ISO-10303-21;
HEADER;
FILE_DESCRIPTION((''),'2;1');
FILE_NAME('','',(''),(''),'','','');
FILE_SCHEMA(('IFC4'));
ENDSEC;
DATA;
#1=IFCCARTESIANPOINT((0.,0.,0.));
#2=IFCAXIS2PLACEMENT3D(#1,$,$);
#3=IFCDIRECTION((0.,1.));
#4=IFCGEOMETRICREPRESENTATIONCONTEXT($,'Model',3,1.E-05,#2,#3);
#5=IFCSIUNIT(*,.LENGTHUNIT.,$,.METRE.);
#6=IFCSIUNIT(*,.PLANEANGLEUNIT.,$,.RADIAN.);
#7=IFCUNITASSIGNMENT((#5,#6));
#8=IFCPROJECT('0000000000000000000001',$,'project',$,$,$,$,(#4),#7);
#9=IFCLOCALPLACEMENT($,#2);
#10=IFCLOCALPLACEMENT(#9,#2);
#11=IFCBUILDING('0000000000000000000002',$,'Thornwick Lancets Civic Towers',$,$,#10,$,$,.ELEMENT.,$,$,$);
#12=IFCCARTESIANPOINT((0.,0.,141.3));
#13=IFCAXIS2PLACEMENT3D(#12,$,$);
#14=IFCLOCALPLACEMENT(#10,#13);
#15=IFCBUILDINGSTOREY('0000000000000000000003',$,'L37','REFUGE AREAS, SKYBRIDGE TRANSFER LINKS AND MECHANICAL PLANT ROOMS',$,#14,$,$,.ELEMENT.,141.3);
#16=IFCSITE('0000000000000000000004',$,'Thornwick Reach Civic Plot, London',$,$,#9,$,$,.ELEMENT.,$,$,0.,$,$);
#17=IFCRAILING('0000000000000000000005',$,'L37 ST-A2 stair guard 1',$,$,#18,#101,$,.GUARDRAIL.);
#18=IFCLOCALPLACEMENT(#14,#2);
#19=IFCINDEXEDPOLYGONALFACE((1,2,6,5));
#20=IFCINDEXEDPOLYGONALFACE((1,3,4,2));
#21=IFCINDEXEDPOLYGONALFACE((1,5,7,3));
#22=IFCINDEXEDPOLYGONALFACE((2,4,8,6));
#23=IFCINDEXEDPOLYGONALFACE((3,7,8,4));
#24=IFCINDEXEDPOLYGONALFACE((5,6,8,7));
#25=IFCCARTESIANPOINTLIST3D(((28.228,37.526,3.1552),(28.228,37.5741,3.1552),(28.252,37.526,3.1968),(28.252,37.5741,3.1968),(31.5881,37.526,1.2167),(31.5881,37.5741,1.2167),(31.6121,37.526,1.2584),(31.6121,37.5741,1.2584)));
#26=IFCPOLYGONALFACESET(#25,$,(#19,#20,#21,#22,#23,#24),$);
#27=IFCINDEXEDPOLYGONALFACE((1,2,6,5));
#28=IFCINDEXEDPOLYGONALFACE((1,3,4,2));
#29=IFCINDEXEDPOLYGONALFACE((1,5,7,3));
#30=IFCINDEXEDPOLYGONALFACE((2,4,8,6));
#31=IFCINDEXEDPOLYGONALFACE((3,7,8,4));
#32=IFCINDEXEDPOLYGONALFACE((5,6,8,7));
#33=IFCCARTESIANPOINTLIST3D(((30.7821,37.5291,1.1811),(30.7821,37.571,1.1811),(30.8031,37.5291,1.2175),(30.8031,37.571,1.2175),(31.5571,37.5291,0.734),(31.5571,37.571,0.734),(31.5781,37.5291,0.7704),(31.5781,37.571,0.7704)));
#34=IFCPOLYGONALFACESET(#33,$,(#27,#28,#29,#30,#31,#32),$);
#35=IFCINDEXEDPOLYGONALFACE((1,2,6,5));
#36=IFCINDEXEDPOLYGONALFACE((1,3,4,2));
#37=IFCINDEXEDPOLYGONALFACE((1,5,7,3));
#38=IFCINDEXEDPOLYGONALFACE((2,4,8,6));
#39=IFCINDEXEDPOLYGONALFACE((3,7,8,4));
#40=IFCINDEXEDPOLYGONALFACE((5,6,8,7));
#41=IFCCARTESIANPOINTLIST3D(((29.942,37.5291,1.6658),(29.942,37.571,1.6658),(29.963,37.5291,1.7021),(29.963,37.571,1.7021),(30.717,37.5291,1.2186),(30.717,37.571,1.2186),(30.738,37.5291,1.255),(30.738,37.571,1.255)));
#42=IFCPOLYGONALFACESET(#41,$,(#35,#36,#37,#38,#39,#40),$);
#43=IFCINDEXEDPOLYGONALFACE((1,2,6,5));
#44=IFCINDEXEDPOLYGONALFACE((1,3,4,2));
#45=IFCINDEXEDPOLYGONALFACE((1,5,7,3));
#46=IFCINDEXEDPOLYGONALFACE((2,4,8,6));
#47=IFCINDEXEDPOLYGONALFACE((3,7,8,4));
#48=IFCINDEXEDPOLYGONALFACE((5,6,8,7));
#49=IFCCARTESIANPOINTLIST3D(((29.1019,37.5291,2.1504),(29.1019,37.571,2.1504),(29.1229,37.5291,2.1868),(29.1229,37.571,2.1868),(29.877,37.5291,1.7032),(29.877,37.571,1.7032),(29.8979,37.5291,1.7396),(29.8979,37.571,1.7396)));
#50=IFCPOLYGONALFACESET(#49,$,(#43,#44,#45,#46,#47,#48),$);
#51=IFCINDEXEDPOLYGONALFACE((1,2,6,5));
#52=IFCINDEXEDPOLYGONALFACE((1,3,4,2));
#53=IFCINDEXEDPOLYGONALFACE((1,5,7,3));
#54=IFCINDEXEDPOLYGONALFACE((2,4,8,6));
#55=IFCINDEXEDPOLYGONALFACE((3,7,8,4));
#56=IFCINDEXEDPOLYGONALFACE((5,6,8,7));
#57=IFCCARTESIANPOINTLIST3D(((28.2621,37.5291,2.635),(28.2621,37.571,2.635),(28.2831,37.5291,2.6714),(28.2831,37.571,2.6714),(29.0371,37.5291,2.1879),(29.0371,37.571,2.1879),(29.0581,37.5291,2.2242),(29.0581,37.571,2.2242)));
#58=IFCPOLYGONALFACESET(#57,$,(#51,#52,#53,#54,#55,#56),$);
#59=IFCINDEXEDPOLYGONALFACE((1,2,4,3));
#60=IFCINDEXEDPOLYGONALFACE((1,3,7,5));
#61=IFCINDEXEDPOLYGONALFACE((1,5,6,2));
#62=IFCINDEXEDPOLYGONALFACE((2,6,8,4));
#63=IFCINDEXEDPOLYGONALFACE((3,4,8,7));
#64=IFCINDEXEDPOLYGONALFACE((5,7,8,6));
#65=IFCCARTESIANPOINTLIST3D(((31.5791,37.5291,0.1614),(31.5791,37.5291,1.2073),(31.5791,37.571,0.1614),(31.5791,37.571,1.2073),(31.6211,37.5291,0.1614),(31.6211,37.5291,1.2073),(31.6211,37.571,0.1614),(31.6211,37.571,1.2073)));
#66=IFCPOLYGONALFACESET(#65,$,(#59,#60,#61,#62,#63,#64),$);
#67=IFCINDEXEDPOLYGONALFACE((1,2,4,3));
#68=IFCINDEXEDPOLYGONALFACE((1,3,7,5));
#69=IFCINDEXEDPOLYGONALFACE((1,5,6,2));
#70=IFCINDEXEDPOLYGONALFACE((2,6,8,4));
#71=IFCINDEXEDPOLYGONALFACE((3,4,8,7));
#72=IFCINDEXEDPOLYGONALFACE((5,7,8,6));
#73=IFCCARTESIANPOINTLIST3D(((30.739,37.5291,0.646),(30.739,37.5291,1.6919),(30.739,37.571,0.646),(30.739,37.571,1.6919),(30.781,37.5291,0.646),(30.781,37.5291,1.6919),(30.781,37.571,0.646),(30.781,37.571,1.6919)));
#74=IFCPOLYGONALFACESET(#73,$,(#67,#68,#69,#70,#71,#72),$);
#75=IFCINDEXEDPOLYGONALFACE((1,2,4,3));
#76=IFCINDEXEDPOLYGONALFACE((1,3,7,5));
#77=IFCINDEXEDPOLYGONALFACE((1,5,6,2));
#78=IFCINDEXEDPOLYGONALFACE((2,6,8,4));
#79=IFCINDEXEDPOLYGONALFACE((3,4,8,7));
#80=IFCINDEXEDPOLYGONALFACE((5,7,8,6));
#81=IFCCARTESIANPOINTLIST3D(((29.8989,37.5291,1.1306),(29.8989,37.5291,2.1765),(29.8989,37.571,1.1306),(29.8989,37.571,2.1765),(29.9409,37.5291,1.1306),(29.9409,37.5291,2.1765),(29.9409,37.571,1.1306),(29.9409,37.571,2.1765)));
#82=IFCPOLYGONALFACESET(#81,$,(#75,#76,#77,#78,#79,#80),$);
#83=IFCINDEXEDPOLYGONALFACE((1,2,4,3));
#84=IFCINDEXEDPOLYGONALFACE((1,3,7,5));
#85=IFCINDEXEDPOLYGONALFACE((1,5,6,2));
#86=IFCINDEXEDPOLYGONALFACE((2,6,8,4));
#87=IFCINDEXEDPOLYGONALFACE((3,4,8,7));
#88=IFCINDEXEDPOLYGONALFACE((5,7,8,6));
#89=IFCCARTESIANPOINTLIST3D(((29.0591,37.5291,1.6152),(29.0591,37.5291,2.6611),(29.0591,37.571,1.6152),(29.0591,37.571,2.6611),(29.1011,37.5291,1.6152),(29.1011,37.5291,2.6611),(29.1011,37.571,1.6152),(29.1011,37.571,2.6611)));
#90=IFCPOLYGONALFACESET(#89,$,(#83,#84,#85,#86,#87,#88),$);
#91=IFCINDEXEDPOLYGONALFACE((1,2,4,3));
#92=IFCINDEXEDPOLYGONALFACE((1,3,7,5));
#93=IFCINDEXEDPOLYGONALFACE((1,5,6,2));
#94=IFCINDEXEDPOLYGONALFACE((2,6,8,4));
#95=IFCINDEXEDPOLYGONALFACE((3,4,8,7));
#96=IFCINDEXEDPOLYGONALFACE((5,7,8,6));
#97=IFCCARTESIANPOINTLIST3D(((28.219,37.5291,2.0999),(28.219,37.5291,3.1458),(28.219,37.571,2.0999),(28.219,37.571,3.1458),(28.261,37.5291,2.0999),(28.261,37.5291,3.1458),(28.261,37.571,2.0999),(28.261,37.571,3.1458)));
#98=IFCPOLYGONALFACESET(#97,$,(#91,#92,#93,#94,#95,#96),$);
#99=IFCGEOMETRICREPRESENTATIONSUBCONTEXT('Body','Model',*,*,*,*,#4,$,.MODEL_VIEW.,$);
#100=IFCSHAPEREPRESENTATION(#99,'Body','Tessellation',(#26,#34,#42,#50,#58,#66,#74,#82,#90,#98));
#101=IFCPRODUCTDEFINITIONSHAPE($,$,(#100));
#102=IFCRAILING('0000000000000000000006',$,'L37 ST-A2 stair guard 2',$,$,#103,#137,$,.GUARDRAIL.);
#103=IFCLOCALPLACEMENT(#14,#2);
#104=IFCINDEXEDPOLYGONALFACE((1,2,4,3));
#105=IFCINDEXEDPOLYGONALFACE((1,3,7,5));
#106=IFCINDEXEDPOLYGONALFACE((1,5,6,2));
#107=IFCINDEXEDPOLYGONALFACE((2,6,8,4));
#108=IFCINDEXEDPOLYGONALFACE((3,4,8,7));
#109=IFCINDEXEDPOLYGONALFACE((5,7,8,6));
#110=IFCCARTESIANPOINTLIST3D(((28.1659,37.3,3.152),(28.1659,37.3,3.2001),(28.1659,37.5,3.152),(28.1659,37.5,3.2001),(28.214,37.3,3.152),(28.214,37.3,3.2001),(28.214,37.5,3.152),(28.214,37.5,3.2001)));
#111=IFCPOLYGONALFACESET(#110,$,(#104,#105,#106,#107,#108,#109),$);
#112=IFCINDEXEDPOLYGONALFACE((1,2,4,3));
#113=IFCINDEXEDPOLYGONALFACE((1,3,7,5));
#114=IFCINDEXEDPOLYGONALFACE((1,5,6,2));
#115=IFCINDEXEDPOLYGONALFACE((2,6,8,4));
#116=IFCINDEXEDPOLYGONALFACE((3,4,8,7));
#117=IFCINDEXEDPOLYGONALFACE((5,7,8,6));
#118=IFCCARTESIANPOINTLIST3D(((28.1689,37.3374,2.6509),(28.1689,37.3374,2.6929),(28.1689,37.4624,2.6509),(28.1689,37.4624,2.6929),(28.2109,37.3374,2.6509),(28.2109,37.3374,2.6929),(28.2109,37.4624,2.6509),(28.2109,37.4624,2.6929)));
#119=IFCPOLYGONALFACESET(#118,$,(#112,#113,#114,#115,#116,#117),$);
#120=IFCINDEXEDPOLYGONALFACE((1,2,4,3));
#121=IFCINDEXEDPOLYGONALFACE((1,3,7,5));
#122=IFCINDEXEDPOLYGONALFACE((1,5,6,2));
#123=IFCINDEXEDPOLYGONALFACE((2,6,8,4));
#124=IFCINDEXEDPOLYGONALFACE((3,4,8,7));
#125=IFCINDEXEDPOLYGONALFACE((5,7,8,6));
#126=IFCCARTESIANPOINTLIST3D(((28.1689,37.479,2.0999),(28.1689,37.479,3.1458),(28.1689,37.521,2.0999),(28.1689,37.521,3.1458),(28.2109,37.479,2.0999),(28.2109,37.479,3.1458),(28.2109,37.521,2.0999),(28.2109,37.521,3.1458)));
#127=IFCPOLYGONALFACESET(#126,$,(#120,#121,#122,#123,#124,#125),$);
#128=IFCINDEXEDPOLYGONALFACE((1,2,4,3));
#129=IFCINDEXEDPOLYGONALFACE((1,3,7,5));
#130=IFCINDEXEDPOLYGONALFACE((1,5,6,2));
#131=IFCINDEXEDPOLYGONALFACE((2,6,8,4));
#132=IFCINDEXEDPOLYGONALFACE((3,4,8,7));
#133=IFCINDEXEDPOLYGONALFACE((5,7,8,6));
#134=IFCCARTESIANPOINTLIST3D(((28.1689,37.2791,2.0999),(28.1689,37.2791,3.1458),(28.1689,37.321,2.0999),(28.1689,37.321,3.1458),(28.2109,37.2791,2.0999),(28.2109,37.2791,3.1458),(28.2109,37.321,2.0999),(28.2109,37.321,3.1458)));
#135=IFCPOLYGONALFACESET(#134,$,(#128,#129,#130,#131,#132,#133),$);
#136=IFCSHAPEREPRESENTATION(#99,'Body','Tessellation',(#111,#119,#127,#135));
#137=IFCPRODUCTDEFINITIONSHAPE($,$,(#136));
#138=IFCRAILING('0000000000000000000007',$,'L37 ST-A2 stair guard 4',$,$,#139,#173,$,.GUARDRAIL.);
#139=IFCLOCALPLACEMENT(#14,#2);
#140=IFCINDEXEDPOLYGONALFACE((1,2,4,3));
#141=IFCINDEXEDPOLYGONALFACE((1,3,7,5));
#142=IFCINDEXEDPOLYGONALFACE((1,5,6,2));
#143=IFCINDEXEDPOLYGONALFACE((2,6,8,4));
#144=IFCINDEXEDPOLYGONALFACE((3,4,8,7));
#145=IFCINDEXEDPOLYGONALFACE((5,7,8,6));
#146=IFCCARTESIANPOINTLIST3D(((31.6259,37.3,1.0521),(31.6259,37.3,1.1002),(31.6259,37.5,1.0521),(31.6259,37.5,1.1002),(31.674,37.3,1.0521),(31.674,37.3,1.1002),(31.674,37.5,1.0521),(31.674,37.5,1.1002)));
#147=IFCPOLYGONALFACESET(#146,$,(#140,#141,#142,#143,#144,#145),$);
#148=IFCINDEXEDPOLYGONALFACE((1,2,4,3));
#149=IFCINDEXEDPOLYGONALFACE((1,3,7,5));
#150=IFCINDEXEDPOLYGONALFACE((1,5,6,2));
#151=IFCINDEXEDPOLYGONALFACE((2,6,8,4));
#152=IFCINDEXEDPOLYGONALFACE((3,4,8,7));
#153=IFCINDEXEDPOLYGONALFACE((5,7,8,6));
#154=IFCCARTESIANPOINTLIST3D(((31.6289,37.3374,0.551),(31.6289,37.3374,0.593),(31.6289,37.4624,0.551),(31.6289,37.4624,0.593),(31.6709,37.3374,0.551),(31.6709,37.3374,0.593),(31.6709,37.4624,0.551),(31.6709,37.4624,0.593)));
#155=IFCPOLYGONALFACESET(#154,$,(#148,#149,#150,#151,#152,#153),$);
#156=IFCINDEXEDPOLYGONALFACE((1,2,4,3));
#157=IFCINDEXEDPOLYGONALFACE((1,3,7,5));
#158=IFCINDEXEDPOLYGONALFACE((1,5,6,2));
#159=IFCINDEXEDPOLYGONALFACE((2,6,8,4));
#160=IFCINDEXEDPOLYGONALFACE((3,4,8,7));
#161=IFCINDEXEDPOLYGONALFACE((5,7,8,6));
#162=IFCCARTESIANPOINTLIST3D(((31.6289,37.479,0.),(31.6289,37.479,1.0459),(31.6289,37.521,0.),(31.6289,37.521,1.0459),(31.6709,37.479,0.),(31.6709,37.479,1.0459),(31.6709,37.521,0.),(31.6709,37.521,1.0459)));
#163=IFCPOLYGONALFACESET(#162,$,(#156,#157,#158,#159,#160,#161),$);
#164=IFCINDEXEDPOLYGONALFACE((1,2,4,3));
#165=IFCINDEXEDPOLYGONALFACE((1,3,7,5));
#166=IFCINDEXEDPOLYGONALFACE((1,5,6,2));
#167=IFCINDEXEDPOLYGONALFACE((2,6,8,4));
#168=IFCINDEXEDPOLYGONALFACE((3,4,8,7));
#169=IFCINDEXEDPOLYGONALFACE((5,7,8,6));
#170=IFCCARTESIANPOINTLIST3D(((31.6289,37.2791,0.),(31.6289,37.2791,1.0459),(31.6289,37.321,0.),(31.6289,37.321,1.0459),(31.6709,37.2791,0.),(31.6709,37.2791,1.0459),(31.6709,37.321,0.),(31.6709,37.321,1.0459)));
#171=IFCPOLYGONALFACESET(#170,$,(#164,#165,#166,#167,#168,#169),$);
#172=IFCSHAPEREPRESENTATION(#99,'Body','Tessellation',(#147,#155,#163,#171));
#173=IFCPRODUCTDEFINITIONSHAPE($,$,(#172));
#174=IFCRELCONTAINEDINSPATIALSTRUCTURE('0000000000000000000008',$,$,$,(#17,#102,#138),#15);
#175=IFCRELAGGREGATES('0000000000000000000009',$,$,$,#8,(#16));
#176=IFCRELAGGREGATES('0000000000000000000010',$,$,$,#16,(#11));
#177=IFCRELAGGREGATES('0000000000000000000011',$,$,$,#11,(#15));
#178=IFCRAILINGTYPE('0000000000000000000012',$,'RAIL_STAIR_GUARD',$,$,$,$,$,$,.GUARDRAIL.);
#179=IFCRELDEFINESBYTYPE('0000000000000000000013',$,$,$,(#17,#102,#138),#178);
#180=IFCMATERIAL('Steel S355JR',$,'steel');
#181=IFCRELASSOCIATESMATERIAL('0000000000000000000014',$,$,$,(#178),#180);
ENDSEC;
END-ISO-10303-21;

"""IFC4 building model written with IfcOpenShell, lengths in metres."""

from ifc_helpers import new_model, si_unit, direction, frame, origin, origin_2d, place, context, subcontext, project, spatial, rectangle, extrude, material, type_object, element, save


model = new_model("IFC4")

# Units and contexts
model_context = context("Model", 3, precision=1e-05, world=origin(), true_north=direction((0.0, 1.0)))
body_context = subcontext(model_context, "Body", "Model", "MODEL_VIEW")
ifc_project = project(units=[si_unit("LENGTHUNIT", "METRE"), si_unit("PLANEANGLEUNIT", "RADIAN")], contexts=[model_context])

# Site, building, storey
site_placement = place(None, origin())
site = spatial("IfcSite", under=ifc_project, at=site_placement, Name="Thornwick Reach Civic Plot, London", CompositionType="ELEMENT", RefElevation=0.0)
building_placement = place(site_placement, origin())
building = spatial("IfcBuilding", under=site, at=building_placement, Name="Thornwick Lancets Civic Towers", CompositionType="ELEMENT")
storey_placement = place(building_placement, frame((0.0, 0.0, 141.3)))
storey = spatial("IfcBuildingStorey", under=building, at=storey_placement, Name="L37", Description="REFUGE AREAS, SKYBRIDGE TRANSFER LINKS AND MECHANICAL PLANT ROOMS", CompositionType="ELEMENT", Elevation=141.3)

# Shared definitions
ifc_material_1 = material(Name="Steel S355JR", Category="steel")

# Railings
railing_type_1 = type_object("IfcRailingType", Name="RAIL_STAIR_GUARD", PredefinedType="GUARDRAIL", material=ifc_material_1)
railing_1_placement = place(storey_placement, frame((31.6001, 37.55, 0.1614)))
element("IfcRailing", 1, at=railing_1_placement, inside=storey, type_object=railing_type_1, Name="L37 ST-A2 stair guard 1", PredefinedType="GUARDRAIL", context=body_context, shape_type="SweptSolid", body=[
    extrude(rectangle(XDim=0.0481, YDim=0.0481, at=origin_2d()), frame((0.0, 0.0, 1.0762), z_axis=(-0.866191, 0.0, 0.499713), x_axis=(0.0, -1.0, 0.0)), (0.0, 0.0, 1.0), 3.8792),
    extrude(rectangle(XDim=0.042, YDim=0.042, at=origin_2d()), frame((-0.0325, 0.0, 0.5908), z_axis=(-0.866191, 0.0, 0.499713), x_axis=(0.0, -1.0, 0.0)), (0.0, 0.0, 1.0), 0.8948),
    extrude(rectangle(XDim=0.042, YDim=0.042, at=origin_2d()), frame((-0.8726, 0.0, 1.0754), z_axis=(-0.866191, 0.0, 0.499713), x_axis=(0.0, -1.0, 0.0)), (0.0, 0.0, 1.0), 0.8948),
    extrude(rectangle(XDim=0.042, YDim=0.042, at=origin_2d()), frame((-1.7126, 0.0, 1.5601), z_axis=(-0.866191, 0.0, 0.499713), x_axis=(0.0, -1.0, 0.0)), (0.0, 0.0, 1.0), 0.8948),
    extrude(rectangle(XDim=0.042, YDim=0.042, at=origin_2d()), frame((-2.5525, 0.0, 2.0447), z_axis=(-0.866191, 0.0, 0.499713), x_axis=(0.0, -1.0, 0.0)), (0.0, 0.0, 1.0), 0.8948),
    extrude(rectangle(XDim=0.042, YDim=0.042, at=origin_2d()), origin(), (0.0, 0.0, 1.0), 1.0459),
    extrude(rectangle(XDim=0.042, YDim=0.042, at=origin_2d()), frame((-0.8401, 0.0, 0.4846)), (0.0, 0.0, 1.0), 1.0459),
    extrude(rectangle(XDim=0.042, YDim=0.042, at=origin_2d()), frame((-1.6802, 0.0, 0.9692)), (0.0, 0.0, 1.0), 1.0459),
    extrude(rectangle(XDim=0.042, YDim=0.042, at=origin_2d()), frame((-2.52, 0.0, 1.4539)), (0.0, 0.0, 1.0), 1.0459),
    extrude(rectangle(XDim=0.042, YDim=0.042, at=origin_2d()), frame((-3.3601, 0.0, 1.9385)), (0.0, 0.0, 1.0), 1.0459),
])
for number, where, name in (
    (2, (28.1899, 37.5, 2.0999), "L37 ST-A2 stair guard 2"),
    (3, (31.6499, 37.5, 0.0), "L37 ST-A2 stair guard 4"),
):
    element("IfcRailing", number, at=place(storey_placement, frame(where)), inside=storey, type_object=railing_type_1, Name=name, PredefinedType="GUARDRAIL", context=body_context, shape_type="SweptSolid", body=[
        extrude(rectangle(XDim=0.0481, YDim=0.0481, at=origin_2d()), frame((0.0, 0.0, 1.0762), z_axis=(0.0, -1.0, 0.0), x_axis=(1.0, 0.0, 0.0)), (0.0, 0.0, 1.0), 0.2),
        extrude(rectangle(XDim=0.042, YDim=0.042, at=origin_2d()), frame((0.0, -0.0376, 0.572), z_axis=(0.0, -1.0, 0.0), x_axis=(1.0, 0.0, 0.0)), (0.0, 0.0, 1.0), 0.125),
        extrude(rectangle(XDim=0.042, YDim=0.042, at=origin_2d()), origin(), (0.0, 0.0, 1.0), 1.0459),
        extrude(rectangle(XDim=0.042, YDim=0.042, at=origin_2d()), frame((0.0, -0.2, 0.0)), (0.0, 0.0, 1.0), 1.0459),
    ])

save(model, "model.ifc")
